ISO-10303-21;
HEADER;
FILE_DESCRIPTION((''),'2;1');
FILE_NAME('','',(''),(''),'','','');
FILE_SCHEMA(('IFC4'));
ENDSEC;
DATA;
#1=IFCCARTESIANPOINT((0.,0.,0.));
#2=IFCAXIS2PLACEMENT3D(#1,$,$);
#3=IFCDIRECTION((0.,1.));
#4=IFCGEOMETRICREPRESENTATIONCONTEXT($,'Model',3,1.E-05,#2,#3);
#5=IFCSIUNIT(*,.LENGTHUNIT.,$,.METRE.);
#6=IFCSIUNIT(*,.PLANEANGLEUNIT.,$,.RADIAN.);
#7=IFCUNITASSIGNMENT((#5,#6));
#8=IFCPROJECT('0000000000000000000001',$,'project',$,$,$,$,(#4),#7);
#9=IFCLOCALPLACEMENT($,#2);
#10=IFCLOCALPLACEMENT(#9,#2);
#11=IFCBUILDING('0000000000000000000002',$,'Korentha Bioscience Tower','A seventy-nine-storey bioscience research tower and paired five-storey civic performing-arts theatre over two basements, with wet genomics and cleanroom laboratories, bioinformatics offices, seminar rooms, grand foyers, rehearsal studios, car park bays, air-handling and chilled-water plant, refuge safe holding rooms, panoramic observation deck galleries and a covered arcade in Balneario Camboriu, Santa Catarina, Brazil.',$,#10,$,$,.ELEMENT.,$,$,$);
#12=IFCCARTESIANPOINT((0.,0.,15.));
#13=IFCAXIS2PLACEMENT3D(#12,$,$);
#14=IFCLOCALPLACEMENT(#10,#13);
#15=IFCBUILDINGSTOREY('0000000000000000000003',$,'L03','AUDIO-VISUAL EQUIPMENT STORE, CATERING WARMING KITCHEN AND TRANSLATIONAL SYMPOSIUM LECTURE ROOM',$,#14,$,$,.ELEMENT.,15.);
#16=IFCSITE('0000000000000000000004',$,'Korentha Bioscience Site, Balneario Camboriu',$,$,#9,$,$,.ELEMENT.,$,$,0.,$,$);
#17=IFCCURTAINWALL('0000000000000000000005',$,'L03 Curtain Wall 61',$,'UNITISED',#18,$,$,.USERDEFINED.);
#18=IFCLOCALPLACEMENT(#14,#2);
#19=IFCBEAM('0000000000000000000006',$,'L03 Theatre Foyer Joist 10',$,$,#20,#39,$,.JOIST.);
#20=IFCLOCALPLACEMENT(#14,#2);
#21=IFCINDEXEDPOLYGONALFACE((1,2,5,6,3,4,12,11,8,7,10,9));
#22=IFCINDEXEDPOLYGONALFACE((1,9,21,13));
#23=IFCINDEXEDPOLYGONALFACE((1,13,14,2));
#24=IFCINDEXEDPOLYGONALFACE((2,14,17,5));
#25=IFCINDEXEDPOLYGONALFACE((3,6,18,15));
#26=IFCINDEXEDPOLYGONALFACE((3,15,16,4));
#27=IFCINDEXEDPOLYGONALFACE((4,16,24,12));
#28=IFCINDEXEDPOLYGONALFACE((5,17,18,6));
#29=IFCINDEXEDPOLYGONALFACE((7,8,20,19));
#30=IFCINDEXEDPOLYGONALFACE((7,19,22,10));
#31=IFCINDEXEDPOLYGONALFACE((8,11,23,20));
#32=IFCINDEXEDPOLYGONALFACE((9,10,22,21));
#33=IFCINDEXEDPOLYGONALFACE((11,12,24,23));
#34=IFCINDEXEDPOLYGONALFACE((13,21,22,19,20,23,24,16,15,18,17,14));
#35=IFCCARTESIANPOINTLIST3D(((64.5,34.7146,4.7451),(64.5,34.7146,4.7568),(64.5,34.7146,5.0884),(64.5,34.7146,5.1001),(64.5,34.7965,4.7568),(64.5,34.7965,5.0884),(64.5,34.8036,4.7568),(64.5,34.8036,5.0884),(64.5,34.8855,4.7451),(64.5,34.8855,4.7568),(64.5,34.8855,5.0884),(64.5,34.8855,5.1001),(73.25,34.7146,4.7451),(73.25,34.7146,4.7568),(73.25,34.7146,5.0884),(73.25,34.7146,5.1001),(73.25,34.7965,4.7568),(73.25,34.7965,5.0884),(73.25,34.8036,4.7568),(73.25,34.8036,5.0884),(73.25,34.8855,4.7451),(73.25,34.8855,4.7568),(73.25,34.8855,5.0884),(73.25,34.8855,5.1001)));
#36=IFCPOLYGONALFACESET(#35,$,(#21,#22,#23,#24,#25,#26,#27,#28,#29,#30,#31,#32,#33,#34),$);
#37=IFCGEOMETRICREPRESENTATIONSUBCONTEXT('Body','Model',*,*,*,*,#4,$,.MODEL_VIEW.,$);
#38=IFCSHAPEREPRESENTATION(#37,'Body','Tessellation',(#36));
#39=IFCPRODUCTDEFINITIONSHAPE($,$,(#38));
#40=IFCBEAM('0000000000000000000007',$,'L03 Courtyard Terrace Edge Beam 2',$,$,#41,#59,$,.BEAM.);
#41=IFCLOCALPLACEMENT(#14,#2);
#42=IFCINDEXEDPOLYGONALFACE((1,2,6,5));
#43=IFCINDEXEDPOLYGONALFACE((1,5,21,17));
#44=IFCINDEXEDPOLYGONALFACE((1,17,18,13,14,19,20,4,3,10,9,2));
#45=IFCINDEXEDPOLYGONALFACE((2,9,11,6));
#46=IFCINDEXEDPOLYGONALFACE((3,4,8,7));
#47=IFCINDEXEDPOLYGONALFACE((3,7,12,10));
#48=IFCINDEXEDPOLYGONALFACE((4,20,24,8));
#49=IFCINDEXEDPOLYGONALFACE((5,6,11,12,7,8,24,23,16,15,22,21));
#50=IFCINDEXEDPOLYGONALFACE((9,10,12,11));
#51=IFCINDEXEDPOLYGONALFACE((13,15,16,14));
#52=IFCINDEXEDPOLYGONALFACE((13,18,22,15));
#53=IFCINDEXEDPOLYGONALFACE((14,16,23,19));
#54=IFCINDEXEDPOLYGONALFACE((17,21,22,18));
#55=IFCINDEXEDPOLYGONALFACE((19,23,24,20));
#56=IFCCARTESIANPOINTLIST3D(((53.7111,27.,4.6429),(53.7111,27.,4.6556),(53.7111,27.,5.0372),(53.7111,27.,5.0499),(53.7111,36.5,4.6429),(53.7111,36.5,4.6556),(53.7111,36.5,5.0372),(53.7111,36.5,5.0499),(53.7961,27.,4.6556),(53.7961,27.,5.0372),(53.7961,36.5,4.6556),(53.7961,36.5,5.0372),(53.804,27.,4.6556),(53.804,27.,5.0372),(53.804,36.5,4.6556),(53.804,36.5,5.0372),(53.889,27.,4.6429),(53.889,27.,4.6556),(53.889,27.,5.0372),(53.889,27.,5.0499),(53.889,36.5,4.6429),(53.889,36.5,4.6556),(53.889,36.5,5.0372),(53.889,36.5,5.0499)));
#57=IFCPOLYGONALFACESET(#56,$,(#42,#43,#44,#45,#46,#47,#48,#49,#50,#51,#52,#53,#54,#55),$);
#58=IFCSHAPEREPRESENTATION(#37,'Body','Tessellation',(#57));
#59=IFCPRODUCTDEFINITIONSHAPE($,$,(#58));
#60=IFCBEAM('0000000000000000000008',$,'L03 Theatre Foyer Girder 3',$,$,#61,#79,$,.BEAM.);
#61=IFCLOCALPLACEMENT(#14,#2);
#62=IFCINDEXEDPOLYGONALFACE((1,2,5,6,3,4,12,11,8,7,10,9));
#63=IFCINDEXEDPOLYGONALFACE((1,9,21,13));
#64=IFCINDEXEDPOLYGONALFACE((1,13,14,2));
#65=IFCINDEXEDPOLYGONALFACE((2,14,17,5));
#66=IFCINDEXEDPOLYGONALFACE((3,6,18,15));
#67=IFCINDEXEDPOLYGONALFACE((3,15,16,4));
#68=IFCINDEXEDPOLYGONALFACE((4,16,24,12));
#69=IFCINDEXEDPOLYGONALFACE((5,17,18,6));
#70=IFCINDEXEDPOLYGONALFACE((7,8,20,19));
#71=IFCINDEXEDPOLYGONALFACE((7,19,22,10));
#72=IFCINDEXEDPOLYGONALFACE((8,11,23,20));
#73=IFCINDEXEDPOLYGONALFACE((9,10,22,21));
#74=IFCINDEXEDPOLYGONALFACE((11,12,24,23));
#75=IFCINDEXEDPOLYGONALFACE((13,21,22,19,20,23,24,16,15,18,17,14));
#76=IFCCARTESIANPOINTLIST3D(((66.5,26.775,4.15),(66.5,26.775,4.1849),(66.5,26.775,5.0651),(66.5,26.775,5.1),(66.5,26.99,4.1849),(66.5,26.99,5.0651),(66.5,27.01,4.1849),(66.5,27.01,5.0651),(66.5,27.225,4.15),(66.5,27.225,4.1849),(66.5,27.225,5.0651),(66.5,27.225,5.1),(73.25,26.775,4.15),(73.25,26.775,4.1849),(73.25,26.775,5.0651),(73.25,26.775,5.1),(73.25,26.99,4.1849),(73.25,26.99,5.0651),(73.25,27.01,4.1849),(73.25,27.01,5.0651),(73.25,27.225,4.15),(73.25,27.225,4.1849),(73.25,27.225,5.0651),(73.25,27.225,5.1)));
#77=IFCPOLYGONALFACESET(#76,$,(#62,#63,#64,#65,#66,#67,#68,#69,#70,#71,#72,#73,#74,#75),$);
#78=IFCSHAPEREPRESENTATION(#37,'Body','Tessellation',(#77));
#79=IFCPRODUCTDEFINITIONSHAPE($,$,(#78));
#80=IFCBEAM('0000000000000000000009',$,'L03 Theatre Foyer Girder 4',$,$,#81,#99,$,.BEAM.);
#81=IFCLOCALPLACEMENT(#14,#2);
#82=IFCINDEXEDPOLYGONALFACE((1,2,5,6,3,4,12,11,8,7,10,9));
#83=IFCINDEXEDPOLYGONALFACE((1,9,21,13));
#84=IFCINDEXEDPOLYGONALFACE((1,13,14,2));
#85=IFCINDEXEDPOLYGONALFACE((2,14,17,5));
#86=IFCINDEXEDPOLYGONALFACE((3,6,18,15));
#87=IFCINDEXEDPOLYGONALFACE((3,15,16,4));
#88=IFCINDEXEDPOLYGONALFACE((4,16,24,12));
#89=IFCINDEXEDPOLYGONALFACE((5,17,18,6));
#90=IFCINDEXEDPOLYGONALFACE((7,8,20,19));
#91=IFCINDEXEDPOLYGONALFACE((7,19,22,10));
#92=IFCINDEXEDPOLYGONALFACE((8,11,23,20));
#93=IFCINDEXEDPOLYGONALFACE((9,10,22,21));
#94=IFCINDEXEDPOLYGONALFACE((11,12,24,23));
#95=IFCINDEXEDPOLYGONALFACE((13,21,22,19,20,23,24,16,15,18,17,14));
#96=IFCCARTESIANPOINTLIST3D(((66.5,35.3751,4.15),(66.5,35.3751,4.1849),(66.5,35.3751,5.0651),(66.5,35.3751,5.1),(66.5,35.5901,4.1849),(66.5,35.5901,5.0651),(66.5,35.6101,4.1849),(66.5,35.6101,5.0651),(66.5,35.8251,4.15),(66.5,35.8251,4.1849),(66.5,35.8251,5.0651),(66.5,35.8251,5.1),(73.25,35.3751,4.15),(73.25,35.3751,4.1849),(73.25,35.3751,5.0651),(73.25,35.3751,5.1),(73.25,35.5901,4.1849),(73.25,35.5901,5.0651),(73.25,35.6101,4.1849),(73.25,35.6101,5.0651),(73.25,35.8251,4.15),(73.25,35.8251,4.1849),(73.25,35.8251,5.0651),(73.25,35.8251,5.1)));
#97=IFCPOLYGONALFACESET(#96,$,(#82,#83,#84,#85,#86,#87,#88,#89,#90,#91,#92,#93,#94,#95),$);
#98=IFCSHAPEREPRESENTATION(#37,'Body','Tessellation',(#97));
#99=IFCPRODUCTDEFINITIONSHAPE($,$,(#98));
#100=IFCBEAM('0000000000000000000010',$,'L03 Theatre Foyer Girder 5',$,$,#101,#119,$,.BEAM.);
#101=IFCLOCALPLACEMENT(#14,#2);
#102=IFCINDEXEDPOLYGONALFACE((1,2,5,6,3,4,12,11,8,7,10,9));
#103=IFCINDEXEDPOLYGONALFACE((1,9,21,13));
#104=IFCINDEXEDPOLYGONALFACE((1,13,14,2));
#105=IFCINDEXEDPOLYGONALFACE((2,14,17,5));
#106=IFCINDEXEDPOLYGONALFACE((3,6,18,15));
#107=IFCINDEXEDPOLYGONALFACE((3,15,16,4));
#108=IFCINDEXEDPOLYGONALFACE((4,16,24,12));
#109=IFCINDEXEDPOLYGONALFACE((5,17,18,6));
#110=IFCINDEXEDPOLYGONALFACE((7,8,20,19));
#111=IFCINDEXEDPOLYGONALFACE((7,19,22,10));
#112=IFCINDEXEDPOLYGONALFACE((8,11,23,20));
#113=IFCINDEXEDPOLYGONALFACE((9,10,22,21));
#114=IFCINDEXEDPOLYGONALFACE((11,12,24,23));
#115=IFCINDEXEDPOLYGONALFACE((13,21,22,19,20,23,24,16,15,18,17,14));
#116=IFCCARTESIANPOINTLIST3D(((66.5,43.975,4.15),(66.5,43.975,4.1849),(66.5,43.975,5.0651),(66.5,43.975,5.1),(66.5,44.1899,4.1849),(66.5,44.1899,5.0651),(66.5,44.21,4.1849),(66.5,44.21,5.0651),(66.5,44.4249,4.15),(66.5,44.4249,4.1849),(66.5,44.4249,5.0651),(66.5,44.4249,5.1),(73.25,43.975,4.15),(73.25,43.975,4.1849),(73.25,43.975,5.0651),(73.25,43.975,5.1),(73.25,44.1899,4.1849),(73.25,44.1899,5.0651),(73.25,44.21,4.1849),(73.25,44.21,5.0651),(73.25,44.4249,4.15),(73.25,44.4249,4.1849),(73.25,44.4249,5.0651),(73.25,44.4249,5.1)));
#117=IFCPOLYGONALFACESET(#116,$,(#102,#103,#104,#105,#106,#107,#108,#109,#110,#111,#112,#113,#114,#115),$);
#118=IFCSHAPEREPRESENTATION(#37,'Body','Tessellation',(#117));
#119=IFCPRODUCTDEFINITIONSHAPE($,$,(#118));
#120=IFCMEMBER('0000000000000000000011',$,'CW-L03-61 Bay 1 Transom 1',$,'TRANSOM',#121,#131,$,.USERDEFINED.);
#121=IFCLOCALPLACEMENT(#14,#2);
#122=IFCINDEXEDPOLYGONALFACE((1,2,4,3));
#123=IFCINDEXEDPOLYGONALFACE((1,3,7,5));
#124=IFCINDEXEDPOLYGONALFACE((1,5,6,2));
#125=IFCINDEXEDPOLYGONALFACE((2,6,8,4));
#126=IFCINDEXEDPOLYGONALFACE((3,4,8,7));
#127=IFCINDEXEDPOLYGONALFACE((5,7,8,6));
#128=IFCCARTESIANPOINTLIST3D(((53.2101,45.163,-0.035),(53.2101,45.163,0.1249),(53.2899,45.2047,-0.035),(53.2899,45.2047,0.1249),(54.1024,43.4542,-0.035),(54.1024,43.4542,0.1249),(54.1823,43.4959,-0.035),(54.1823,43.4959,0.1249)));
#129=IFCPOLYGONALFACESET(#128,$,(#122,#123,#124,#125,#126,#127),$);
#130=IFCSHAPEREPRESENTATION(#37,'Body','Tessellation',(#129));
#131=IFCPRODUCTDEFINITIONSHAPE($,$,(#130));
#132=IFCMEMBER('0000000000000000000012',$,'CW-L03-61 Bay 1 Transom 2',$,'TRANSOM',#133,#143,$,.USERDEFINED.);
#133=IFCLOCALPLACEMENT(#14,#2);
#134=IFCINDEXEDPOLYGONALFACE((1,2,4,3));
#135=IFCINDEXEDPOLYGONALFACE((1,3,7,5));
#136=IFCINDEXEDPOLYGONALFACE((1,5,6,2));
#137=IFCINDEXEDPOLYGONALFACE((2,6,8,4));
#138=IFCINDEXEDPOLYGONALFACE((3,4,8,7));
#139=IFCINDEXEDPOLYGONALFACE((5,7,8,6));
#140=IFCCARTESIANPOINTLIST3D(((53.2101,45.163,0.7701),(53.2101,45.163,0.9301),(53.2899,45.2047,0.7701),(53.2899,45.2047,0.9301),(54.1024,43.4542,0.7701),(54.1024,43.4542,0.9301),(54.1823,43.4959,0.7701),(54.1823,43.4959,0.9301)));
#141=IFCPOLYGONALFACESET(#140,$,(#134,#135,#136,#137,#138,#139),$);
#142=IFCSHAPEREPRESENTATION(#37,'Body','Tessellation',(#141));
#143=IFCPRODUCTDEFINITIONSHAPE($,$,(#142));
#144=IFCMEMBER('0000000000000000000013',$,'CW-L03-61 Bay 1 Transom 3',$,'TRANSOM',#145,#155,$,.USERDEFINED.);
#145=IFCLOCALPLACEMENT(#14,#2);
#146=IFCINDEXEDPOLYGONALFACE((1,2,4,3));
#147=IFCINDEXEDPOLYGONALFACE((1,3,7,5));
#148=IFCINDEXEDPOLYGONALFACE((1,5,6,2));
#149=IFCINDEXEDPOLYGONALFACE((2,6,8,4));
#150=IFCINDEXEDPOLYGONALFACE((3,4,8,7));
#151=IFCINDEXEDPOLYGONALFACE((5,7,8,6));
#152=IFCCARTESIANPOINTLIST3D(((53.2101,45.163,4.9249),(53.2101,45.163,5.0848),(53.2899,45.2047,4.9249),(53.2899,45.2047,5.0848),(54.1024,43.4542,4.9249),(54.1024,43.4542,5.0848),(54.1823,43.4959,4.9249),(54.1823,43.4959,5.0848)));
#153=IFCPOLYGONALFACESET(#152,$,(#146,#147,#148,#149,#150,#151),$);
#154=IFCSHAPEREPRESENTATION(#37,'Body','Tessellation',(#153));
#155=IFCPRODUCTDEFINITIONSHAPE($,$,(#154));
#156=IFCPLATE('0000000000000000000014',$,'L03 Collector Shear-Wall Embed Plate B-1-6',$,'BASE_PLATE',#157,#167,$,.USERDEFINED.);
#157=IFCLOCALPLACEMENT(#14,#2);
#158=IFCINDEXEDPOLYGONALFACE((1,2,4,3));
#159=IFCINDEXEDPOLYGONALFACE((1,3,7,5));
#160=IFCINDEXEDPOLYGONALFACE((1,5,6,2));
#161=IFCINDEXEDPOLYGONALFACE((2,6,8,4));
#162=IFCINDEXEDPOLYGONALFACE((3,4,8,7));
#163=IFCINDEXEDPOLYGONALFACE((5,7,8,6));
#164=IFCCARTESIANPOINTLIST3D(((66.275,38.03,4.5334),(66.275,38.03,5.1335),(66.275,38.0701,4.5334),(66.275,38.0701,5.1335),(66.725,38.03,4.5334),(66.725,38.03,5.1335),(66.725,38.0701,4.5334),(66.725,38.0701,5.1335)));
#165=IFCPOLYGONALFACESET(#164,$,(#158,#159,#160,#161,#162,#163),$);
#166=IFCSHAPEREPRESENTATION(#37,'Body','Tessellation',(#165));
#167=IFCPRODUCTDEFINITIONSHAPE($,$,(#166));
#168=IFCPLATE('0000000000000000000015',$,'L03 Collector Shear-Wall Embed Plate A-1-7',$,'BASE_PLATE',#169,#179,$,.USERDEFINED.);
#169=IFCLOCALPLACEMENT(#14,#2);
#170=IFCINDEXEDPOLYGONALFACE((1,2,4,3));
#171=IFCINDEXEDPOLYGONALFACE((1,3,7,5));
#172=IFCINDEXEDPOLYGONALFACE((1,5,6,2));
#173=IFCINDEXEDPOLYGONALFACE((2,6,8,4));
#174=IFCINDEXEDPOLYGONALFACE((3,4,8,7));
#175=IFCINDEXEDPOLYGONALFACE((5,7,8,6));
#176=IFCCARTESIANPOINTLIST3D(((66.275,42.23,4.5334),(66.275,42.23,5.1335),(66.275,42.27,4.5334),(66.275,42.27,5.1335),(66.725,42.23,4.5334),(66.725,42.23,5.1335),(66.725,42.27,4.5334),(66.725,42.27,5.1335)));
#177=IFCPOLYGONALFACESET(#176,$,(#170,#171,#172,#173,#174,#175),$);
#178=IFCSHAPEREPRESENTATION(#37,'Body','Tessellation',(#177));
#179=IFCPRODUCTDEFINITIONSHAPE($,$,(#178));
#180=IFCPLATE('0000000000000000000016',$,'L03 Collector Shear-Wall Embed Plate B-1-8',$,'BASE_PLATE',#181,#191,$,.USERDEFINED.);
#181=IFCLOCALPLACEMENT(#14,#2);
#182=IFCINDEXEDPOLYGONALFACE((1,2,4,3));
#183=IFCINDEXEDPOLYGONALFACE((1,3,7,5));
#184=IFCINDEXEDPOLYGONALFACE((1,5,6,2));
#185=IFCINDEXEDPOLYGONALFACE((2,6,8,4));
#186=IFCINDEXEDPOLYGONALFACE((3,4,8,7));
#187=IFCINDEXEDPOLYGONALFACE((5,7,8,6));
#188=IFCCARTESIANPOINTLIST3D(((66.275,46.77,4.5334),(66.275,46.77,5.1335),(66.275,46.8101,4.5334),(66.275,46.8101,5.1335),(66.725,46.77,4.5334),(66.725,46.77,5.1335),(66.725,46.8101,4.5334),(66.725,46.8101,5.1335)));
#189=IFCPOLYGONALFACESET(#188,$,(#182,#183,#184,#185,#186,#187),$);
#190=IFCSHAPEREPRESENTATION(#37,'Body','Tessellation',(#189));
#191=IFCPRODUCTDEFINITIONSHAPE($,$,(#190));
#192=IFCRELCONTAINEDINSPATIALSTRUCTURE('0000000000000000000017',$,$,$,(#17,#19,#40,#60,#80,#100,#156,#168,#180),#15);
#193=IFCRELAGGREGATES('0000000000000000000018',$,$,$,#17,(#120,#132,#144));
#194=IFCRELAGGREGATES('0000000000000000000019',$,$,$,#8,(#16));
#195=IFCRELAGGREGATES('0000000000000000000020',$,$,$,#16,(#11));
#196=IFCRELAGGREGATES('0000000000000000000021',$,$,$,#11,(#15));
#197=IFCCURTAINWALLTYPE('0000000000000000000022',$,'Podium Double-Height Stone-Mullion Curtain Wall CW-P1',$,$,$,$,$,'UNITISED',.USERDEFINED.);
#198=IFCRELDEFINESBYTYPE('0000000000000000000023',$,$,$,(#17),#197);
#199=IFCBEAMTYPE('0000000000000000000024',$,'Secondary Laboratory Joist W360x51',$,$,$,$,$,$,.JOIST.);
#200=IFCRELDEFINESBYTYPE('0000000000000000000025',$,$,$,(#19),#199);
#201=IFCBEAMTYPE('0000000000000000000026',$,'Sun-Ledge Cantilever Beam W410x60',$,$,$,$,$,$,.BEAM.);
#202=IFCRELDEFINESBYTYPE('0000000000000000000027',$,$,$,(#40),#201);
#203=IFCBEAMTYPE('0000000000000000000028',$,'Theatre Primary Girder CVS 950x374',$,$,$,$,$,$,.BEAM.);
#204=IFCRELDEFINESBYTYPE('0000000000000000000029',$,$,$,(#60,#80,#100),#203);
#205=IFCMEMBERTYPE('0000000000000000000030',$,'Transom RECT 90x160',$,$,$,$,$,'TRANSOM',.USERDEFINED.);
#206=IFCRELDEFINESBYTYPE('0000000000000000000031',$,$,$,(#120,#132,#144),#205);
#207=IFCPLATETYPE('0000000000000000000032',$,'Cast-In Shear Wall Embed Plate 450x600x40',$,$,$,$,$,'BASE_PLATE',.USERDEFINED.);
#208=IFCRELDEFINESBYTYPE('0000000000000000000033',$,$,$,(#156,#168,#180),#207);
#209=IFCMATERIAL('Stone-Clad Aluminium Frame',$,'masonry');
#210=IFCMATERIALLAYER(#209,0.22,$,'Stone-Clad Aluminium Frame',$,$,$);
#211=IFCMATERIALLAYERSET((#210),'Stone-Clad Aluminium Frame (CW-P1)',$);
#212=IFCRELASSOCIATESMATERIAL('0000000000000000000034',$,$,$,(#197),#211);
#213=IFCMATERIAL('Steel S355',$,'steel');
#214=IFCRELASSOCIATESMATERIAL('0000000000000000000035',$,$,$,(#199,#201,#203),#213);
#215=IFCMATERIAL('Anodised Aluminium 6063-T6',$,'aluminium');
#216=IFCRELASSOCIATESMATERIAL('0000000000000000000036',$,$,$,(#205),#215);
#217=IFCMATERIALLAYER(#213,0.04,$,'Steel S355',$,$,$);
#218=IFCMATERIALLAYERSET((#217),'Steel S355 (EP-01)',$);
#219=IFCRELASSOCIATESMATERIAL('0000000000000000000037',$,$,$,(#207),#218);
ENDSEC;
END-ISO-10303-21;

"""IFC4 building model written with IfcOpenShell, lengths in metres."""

from ifc_helpers import new_model, si_unit, direction, frame, origin, origin_2d, place, context, subcontext, project, spatial, rectangle, i_section, extrude, material, layer, layer_set, material_profile, profile_set, type_object, element, aggregate, save


model = new_model("IFC4")

# Units and contexts
model_context = context("Model", 3, precision=1e-05, world=origin(), true_north=direction((0.0, 1.0)))
body_context = subcontext(model_context, "Body", "Model", "MODEL_VIEW")
ifc_project = project(units=[si_unit("LENGTHUNIT", "METRE"), si_unit("PLANEANGLEUNIT", "RADIAN")], contexts=[model_context])

# Site, building, storey
site_placement = place(None, origin())
site = spatial("IfcSite", under=ifc_project, at=site_placement, Name="Korentha Bioscience Site, Balneario Camboriu", CompositionType="ELEMENT", RefElevation=0.0)
building_placement = place(site_placement, origin())
building = spatial("IfcBuilding", under=site, at=building_placement, Name="Korentha Bioscience Tower", Description="A seventy-nine-storey bioscience research tower and paired five-storey civic performing-arts theatre over two basements, with wet genomics and cleanroom laboratories, bioinformatics offices, seminar rooms, grand foyers, rehearsal studios, car park bays, air-handling and chilled-water plant, refuge safe holding rooms, panoramic observation deck galleries and a covered arcade in Balneario Camboriu, Santa Catarina, Brazil.", CompositionType="ELEMENT")
storey_placement = place(building_placement, frame((0.0, 0.0, 15.0)))
storey = spatial("IfcBuildingStorey", under=building, at=storey_placement, Name="L03", Description="AUDIO-VISUAL EQUIPMENT STORE, CATERING WARMING KITCHEN AND TRANSLATIONAL SYMPOSIUM LECTURE ROOM", CompositionType="ELEMENT", Elevation=15.0)

# Shared definitions
ifc_material_1 = material(Name="Steel S355", Category="steel")

# Curtain wall
ifc_material_2 = material(Name="Stone-Clad Aluminium Frame", Category="masonry")
ifc_layer_1 = layer(ifc_material_2, 0.22, Name="Stone-Clad Aluminium Frame")
ifc_layer_set_1 = layer_set([ifc_layer_1], Name="Stone-Clad Aluminium Frame (CW-P1)")
curtain_wall_type = type_object("IfcCurtainWallType", Name="Podium Double-Height Stone-Mullion Curtain Wall CW-P1", ElementType="UNITISED", PredefinedType="USERDEFINED", material=ifc_layer_set_1)
curtain_wall_placement = place(storey_placement, origin())
curtain_wall = element("IfcCurtainWall", 1, at=curtain_wall_placement, inside=storey, type_object=curtain_wall_type, Name="L03 Curtain Wall 61", ObjectType="UNITISED", PredefinedType="USERDEFINED")
ifc_material_3 = material(Name="Anodised Aluminium 6063-T6", Category="aluminium")

# Beams
ifc_material_profile_1 = material_profile(ifc_material_1, i_section(OverallWidth=0.1709, OverallDepth=0.355, WebThickness=0.0071, FlangeThickness=0.0117, at=origin_2d()), Name="Steel S355")
ifc_profile_set_1 = profile_set([ifc_material_profile_1], Name="Steel S355 (JB-360)")
beam_type_1 = type_object("IfcBeamType", Name="Secondary Laboratory Joist W360x51", PredefinedType="JOIST", material=ifc_profile_set_1)
for number, where, z_axis, x_axis, name in (
    (2, (64.5, 34.8, 4.9226), (1.0, 0.0, 0.0), (0.0, 1.0, 0.0), "L03 Theatre Foyer Joist 10"),
):
    element("IfcBeam", number, at=place(storey_placement, frame(where, z_axis=z_axis, x_axis=x_axis)), inside=storey, type_object=beam_type_1, Name=name, PredefinedType="JOIST", context=body_context, shape_type="SweptSolid", body=[
        extrude(i_section(OverallWidth=0.1709, OverallDepth=0.355, WebThickness=0.0071, FlangeThickness=0.0117, at=origin_2d()), origin(), (0.0, 0.0, 1.0), 8.75),
    ])
ifc_material_profile_2 = material_profile(ifc_material_1, i_section(OverallWidth=0.178, OverallDepth=0.407, WebThickness=0.0078, FlangeThickness=0.0127, at=origin_2d()), Name="Steel S355")
ifc_profile_set_2 = profile_set([ifc_material_profile_2], Name="Steel S355 (CB-410)")
beam_type_2 = type_object("IfcBeamType", Name="Sun-Ledge Cantilever Beam W410x60", PredefinedType="BEAM", material=ifc_profile_set_2)
beam_1_placement = place(storey_placement, frame((53.8, 27.0, 4.8464), z_axis=(0.0, 1.0, 0.0), x_axis=(-1.0, 0.0, 0.0)))
element("IfcBeam", 3, at=beam_1_placement, inside=storey, type_object=beam_type_2, Name="L03 Courtyard Terrace Edge Beam 2", PredefinedType="BEAM", context=body_context, shape_type="SweptSolid", body=[
    extrude(i_section(OverallWidth=0.178, OverallDepth=0.407, WebThickness=0.0078, FlangeThickness=0.0127, at=origin_2d()), origin(), (0.0, 0.0, 1.0), 9.5),
])
ifc_material_profile_3 = material_profile(ifc_material_1, i_section(OverallWidth=0.45, OverallDepth=0.95, WebThickness=0.02, FlangeThickness=0.0349, at=origin_2d()), Name="Steel S355")
ifc_profile_set_3 = profile_set([ifc_material_profile_3], Name="Steel S355 (TB-950)")
beam_type_3 = type_object("IfcBeamType", Name="Theatre Primary Girder CVS 950x374", PredefinedType="BEAM", material=ifc_profile_set_3)
for number, where, z_axis, x_axis, name in (
    (4, (66.5, 27.0, 4.625), (1.0, 0.0, 0.0), (0.0, 1.0, 0.0), "L03 Theatre Foyer Girder 3"),
    (5, (66.5, 35.6001, 4.625), (1.0, 0.0, 0.0), (0.0, 1.0, 0.0), "L03 Theatre Foyer Girder 4"),
    (6, (66.5, 44.2, 4.625), (1.0, 0.0, 0.0), (0.0, 1.0, 0.0), "L03 Theatre Foyer Girder 5"),
):
    element("IfcBeam", number, at=place(storey_placement, frame(where, z_axis=z_axis, x_axis=x_axis)), inside=storey, type_object=beam_type_3, Name=name, PredefinedType="BEAM", context=body_context, shape_type="SweptSolid", body=[
        extrude(i_section(OverallWidth=0.45, OverallDepth=0.95, WebThickness=0.02, FlangeThickness=0.0349, at=origin_2d()), origin(), (0.0, 0.0, 1.0), 6.75),
    ])

# Members
ifc_material_profile_4 = material_profile(ifc_material_3, rectangle(XDim=0.0901, YDim=0.1599, at=origin_2d()), Name="Anodised Aluminium 6063-T6")
ifc_profile_set_4 = profile_set([ifc_material_profile_4], Name="Anodised Aluminium 6063-T6 (CW-TRN)")
member_type_1 = type_object("IfcMemberType", Name="Transom RECT 90x160", ElementType="TRANSOM", PredefinedType="USERDEFINED", material=ifc_profile_set_4)
member_1_placement = place(storey_placement, frame((54.1423, 43.4751, 0.0449), z_axis=(-0.462899, 0.886411, 0.0), x_axis=(-0.886411, -0.462899, 0.0)))
member_1 = element("IfcMember", 7, at=member_1_placement, type_object=member_type_1, Name="CW-L03-61 Bay 1 Transom 1", ObjectType="TRANSOM", PredefinedType="USERDEFINED", context=body_context, shape_type="SweptSolid", body=[
    extrude(rectangle(XDim=0.0901, YDim=0.1599, at=origin_2d()), origin(), (0.0, 0.0, 1.0), 1.9277),
])
member_2_placement = place(storey_placement, frame((54.1423, 43.4751, 0.8501), z_axis=(-0.462899, 0.886411, 0.0), x_axis=(-0.886411, -0.462899, 0.0)))
member_2 = element("IfcMember", 8, at=member_2_placement, type_object=member_type_1, Name="CW-L03-61 Bay 1 Transom 2", ObjectType="TRANSOM", PredefinedType="USERDEFINED", context=body_context, shape_type="SweptSolid", body=[
    extrude(rectangle(XDim=0.0901, YDim=0.1599, at=origin_2d()), origin(), (0.0, 0.0, 1.0), 1.9277),
])
member_3_placement = place(storey_placement, frame((54.1423, 43.4751, 5.0049), z_axis=(-0.462899, 0.886411, 0.0), x_axis=(-0.886411, -0.462899, 0.0)))
member_3 = element("IfcMember", 9, at=member_3_placement, type_object=member_type_1, Name="CW-L03-61 Bay 1 Transom 3", ObjectType="TRANSOM", PredefinedType="USERDEFINED", context=body_context, shape_type="SweptSolid", body=[
    extrude(rectangle(XDim=0.0901, YDim=0.1599, at=origin_2d()), origin(), (0.0, 0.0, 1.0), 1.9277),
])

# Plates
ifc_layer_2 = layer(ifc_material_1, 0.04, Name="Steel S355")
ifc_layer_set_2 = layer_set([ifc_layer_2], Name="Steel S355 (EP-01)")
plate_type_1 = type_object("IfcPlateType", Name="Cast-In Shear Wall Embed Plate 450x600x40", ElementType="BASE_PLATE", PredefinedType="USERDEFINED", material=ifc_layer_set_2)
for number, where, z_axis, x_axis, name in (
    (10, (66.5, 38.05, 4.5334), (0.0, 0.0, 1.0), (1.0, 0.0, 0.0), "L03 Collector Shear-Wall Embed Plate B-1-6"),
    (11, (66.5, 42.25, 4.5334), (0.0, 0.0, 1.0), (1.0, 0.0, 0.0), "L03 Collector Shear-Wall Embed Plate A-1-7"),
    (12, (66.5, 46.79, 4.5334), (0.0, 0.0, 1.0), (1.0, 0.0, 0.0), "L03 Collector Shear-Wall Embed Plate B-1-8"),
):
    element("IfcPlate", number, at=place(storey_placement, frame(where, z_axis=z_axis, x_axis=x_axis)), inside=storey, type_object=plate_type_1, Name=name, ObjectType="BASE_PLATE", PredefinedType="USERDEFINED", context=body_context, shape_type="SweptSolid", body=[
        extrude(rectangle(XDim=0.45, YDim=0.04, at=origin_2d()), origin(), (0.0, 0.0, 1.0), 0.6001),
    ])

aggregate(curtain_wall, [member_1, member_2, member_3])

save(model, "model.ifc")
